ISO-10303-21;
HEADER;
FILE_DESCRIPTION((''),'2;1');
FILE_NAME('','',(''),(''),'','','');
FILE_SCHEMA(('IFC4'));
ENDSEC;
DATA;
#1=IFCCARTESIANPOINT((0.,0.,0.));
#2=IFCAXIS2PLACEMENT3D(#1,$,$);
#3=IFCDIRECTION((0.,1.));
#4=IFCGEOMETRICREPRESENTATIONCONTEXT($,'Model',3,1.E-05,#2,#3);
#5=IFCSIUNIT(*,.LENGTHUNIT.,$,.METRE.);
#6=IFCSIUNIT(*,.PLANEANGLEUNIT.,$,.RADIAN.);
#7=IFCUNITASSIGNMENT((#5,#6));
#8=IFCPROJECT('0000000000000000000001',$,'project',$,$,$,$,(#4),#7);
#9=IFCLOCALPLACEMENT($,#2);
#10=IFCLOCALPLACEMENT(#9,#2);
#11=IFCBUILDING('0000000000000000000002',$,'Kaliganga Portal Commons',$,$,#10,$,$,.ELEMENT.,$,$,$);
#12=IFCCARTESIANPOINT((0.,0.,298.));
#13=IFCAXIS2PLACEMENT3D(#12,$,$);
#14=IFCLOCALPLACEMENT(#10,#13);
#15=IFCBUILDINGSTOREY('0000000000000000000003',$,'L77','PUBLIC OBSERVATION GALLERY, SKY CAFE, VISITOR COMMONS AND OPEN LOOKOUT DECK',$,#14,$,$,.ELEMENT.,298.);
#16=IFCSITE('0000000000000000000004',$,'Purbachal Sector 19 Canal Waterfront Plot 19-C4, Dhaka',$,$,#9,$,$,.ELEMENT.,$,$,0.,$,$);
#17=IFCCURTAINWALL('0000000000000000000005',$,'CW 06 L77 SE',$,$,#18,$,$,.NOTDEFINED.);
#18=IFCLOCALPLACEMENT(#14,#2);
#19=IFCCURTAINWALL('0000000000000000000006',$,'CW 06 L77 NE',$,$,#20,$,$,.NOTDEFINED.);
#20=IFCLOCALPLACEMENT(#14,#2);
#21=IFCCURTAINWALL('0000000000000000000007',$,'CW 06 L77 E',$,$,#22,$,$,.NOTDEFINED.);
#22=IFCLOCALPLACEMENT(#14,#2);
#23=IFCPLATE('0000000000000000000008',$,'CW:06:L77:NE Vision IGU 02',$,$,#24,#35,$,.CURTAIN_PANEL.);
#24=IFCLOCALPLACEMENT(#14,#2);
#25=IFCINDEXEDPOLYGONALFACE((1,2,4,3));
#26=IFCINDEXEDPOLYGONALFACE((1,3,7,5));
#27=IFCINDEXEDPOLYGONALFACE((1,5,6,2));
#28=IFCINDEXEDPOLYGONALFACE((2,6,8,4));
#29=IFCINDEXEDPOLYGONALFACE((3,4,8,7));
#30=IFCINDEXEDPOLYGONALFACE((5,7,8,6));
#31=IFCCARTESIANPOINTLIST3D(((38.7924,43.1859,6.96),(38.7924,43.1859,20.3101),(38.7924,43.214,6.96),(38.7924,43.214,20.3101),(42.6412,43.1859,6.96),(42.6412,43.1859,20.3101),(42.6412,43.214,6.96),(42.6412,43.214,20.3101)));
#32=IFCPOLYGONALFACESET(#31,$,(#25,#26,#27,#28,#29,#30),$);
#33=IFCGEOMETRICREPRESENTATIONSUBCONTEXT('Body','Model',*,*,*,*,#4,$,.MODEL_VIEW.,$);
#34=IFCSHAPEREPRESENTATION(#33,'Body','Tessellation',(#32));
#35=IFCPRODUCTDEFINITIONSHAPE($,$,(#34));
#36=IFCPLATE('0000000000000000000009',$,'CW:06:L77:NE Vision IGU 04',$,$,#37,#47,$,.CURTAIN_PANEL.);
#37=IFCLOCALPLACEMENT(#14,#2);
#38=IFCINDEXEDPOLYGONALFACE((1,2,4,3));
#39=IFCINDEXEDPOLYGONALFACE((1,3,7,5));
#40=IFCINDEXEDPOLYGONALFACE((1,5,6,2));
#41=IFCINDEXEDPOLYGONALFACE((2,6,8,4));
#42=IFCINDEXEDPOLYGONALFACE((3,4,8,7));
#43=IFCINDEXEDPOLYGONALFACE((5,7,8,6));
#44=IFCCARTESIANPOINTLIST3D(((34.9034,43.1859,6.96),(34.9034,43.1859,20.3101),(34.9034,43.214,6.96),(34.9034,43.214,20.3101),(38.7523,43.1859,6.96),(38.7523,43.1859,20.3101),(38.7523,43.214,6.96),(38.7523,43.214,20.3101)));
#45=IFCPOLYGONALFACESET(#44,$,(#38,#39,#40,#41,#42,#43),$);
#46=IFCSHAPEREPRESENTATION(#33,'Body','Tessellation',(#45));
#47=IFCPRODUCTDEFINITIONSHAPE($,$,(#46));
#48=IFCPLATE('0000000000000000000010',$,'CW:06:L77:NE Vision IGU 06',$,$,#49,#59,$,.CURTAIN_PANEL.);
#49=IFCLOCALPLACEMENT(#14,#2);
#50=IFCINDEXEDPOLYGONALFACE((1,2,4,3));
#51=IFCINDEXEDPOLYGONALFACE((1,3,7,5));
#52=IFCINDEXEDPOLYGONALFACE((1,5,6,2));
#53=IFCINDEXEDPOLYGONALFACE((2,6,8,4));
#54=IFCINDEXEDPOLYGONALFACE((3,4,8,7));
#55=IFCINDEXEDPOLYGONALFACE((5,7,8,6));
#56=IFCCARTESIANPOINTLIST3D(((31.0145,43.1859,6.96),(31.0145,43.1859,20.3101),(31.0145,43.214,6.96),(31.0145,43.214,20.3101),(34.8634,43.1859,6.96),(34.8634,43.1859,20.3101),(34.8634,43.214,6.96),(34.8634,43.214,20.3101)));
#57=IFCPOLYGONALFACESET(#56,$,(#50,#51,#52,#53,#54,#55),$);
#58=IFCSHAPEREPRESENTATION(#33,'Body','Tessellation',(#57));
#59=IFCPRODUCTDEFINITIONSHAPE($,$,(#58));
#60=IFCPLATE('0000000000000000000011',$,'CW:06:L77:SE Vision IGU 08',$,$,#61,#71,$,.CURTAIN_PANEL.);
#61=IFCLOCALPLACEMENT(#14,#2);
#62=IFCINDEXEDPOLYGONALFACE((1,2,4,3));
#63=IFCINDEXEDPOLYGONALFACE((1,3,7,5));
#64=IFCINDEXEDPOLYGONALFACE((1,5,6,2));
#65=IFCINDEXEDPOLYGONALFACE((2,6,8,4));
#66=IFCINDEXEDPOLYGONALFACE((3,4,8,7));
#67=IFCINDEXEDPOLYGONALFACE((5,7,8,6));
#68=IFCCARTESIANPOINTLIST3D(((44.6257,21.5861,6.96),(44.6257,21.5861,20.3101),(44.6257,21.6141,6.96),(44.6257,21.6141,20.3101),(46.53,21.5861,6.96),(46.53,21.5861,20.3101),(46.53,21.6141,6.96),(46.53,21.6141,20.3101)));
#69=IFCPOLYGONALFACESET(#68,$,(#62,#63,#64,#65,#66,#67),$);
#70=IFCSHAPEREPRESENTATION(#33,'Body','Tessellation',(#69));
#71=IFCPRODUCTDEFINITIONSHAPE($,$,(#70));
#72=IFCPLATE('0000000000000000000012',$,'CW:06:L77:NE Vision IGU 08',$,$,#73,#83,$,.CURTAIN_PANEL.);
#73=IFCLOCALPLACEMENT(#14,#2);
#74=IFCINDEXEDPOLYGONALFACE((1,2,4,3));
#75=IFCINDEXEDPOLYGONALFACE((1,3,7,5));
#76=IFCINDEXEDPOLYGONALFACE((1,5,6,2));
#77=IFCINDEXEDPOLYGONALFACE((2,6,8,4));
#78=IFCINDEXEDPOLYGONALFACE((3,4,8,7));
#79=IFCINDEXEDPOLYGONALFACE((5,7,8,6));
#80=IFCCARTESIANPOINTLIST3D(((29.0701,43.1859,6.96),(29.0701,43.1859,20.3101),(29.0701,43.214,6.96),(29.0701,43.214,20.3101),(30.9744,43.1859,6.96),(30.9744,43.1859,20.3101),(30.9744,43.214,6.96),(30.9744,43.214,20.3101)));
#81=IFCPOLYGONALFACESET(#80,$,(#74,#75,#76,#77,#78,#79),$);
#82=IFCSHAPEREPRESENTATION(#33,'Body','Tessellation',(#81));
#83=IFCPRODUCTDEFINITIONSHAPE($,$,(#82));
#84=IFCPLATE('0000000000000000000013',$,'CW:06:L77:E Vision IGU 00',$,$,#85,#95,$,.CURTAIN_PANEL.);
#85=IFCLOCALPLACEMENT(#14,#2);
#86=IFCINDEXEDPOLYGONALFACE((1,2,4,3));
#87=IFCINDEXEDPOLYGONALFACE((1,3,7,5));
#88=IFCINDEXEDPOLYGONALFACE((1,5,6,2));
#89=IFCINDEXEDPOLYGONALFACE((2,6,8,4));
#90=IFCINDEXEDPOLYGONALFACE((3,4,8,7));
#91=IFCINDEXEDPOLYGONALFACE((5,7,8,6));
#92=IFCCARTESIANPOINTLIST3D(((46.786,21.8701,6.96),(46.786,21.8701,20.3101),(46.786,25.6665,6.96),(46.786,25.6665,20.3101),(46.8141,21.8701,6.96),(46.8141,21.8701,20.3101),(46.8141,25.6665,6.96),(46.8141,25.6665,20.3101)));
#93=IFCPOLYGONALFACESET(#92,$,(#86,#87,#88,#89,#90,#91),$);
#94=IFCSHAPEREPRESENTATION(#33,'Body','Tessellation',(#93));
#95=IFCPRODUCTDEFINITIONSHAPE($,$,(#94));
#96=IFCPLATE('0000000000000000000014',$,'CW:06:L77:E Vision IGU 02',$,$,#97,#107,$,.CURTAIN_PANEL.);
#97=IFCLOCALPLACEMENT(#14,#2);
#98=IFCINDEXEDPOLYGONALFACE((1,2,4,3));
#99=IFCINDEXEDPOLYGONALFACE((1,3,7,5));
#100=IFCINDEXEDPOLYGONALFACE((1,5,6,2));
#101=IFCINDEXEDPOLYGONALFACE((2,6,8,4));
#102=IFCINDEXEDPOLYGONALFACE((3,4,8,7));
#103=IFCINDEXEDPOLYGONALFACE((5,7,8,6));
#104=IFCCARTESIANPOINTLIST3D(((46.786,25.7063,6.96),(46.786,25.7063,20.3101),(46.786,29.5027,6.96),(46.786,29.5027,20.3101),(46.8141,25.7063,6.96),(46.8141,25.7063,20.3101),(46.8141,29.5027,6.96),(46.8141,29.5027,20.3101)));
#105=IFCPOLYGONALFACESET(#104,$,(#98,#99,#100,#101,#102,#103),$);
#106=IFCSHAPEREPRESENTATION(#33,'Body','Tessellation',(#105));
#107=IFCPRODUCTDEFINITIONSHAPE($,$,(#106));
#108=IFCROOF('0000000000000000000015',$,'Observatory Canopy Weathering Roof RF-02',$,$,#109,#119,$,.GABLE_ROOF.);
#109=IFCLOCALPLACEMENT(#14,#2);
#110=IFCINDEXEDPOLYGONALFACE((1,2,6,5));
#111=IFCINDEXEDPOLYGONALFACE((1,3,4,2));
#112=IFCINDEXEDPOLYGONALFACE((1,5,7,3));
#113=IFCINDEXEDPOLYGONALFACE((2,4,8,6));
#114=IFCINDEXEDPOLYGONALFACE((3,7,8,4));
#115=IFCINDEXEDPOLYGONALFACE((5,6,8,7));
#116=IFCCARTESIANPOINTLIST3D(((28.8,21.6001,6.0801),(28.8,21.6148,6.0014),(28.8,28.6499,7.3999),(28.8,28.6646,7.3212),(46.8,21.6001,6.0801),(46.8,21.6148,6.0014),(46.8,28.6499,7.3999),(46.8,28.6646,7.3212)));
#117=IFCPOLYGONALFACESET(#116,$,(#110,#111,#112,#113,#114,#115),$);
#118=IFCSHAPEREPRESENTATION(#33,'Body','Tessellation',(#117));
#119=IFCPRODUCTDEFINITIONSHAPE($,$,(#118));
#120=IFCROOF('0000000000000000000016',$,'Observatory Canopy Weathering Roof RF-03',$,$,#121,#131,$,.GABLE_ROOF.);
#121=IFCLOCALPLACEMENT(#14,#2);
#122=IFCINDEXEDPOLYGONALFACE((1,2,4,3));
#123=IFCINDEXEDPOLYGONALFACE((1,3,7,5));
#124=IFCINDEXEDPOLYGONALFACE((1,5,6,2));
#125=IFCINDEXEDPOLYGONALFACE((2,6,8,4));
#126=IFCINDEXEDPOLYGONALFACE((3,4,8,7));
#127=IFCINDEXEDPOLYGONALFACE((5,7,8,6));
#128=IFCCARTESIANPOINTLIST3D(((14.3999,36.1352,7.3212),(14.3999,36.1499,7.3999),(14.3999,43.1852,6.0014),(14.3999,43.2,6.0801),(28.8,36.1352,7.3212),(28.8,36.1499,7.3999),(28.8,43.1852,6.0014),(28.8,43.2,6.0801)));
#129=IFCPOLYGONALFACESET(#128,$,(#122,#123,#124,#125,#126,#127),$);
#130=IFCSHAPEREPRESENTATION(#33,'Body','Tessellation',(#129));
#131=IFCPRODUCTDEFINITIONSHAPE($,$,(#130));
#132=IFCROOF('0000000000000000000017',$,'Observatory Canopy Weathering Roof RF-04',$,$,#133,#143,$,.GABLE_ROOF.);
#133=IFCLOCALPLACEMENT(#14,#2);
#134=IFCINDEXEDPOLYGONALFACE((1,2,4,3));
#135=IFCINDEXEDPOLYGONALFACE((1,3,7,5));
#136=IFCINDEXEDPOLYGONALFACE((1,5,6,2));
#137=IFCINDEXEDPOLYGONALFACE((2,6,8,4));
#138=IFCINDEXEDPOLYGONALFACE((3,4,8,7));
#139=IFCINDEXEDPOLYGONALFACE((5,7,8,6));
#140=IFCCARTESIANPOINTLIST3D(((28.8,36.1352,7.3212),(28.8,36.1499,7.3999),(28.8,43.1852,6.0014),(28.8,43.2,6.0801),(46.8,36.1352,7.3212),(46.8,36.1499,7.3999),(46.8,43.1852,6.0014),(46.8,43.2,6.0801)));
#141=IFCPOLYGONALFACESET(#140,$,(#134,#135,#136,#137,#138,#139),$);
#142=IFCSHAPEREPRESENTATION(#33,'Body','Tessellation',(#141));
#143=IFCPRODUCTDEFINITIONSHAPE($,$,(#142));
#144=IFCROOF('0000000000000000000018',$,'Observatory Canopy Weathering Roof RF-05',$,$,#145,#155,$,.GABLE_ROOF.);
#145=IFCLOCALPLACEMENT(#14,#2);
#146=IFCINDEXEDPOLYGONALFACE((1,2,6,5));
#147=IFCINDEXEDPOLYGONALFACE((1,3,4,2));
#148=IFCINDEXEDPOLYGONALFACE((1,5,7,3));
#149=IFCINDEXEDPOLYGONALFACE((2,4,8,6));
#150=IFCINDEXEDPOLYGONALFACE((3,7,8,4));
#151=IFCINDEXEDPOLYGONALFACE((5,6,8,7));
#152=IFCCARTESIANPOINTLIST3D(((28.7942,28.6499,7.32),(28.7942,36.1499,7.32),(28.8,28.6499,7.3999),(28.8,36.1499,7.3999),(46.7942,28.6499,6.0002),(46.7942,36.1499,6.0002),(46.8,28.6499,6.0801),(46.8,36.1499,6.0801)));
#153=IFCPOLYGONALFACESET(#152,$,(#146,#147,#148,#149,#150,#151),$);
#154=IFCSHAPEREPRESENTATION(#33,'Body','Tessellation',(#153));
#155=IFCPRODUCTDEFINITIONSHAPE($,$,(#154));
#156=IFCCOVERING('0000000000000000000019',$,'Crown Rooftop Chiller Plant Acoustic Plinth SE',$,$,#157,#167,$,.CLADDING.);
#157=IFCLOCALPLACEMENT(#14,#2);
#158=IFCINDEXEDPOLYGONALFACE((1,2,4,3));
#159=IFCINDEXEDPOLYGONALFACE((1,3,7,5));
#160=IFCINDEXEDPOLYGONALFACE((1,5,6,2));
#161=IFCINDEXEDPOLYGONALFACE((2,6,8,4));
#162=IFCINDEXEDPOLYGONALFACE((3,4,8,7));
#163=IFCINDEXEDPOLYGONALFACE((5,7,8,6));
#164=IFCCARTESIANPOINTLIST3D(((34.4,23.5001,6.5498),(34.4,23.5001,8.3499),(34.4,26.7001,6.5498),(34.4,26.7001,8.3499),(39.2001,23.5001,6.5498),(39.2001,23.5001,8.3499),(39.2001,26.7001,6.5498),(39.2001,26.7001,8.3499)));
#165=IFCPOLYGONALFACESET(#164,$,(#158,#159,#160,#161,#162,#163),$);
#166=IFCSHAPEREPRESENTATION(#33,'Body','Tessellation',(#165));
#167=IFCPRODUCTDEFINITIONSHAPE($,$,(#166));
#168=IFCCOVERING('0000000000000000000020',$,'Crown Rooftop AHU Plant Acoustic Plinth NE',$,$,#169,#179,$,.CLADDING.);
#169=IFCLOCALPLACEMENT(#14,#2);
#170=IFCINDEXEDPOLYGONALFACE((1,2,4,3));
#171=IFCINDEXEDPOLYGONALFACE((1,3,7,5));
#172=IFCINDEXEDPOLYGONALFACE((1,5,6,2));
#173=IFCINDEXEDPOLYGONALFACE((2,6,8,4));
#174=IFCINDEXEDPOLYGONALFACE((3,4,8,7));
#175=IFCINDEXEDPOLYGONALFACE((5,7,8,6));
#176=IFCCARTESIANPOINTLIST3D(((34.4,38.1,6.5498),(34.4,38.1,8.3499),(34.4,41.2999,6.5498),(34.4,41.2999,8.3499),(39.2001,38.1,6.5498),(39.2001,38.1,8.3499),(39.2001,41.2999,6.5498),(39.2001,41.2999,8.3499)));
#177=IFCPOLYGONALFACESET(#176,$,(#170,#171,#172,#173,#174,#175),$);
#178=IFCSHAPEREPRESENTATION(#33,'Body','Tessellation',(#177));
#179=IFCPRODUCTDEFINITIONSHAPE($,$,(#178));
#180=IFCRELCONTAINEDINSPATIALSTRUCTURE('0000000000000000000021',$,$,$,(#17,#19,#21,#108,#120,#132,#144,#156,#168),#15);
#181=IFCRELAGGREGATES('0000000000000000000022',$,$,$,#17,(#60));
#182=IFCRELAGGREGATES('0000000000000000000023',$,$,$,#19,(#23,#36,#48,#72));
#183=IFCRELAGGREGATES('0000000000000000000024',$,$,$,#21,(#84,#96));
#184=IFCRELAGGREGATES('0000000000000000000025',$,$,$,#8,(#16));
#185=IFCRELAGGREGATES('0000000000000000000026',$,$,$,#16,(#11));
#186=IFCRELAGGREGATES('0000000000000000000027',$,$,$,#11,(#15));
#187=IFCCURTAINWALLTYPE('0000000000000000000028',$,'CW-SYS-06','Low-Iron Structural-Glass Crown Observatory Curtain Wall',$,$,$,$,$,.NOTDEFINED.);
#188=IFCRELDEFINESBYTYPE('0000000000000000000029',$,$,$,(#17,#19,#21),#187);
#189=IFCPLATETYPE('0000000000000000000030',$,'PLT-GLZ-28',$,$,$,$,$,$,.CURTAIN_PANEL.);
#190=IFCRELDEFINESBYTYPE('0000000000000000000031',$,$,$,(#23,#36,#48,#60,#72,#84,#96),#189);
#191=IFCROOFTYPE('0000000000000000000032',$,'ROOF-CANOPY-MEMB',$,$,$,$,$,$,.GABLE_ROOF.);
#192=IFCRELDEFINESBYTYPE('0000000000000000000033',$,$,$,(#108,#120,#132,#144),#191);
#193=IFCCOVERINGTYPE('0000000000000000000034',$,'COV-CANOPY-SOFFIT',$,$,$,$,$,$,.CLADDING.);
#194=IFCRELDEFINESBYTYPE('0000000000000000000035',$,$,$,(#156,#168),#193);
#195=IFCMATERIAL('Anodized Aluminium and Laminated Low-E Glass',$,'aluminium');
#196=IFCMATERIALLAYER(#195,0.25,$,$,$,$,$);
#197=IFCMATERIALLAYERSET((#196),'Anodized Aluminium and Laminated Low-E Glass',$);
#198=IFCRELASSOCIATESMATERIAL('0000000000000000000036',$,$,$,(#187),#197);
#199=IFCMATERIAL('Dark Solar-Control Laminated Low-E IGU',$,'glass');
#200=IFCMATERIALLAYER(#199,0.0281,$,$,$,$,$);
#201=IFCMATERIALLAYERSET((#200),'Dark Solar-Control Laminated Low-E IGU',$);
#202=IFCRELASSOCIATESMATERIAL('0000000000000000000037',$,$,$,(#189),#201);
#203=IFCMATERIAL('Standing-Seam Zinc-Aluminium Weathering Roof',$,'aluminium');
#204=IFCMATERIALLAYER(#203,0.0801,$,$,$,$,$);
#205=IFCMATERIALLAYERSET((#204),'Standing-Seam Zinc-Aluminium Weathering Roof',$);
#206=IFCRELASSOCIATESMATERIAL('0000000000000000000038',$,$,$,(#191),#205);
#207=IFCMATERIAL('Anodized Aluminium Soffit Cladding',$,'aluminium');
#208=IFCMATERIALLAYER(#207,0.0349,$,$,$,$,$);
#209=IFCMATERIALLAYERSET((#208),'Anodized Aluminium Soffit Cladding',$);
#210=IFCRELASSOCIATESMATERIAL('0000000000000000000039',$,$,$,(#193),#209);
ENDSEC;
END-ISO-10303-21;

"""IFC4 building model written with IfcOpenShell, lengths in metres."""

from ifc_helpers import new_model, si_unit, direction, frame, origin, origin_2d, place, context, subcontext, project, spatial, polyline, rectangle, outline, extrude, source, transform, mapped, material, layer, layer_set, type_object, element, aggregate, save


model = new_model("IFC4")

# Units and contexts
model_context = context("Model", 3, precision=1e-05, world=origin(), true_north=direction((0.0, 1.0)))
body_context = subcontext(model_context, "Body", "Model", "MODEL_VIEW")
ifc_project = project(units=[si_unit("LENGTHUNIT", "METRE"), si_unit("PLANEANGLEUNIT", "RADIAN")], contexts=[model_context])

# Site, building, storey
site_placement = place(None, origin())
site = spatial("IfcSite", under=ifc_project, at=site_placement, Name="Purbachal Sector 19 Canal Waterfront Plot 19-C4, Dhaka", CompositionType="ELEMENT", RefElevation=0.0)
building_placement = place(site_placement, origin())
building = spatial("IfcBuilding", under=site, at=building_placement, Name="Kaliganga Portal Commons", CompositionType="ELEMENT")
storey_placement = place(building_placement, frame((0.0, 0.0, 298.0)))
storey = spatial("IfcBuildingStorey", under=building, at=storey_placement, Name="L77", Description="PUBLIC OBSERVATION GALLERY, SKY CAFE, VISITOR COMMONS AND OPEN LOOKOUT DECK", CompositionType="ELEMENT", Elevation=298.0)

# Curtain walls
ifc_material_1 = material(Name="Anodized Aluminium and Laminated Low-E Glass", Category="aluminium")
ifc_layer_1 = layer(ifc_material_1, 0.25)
ifc_layer_set_1 = layer_set([ifc_layer_1], Name="Anodized Aluminium and Laminated Low-E Glass")
curtain_wall_type = type_object("IfcCurtainWallType", Name="CW-SYS-06", Description="Low-Iron Structural-Glass Crown Observatory Curtain Wall", PredefinedType="NOTDEFINED", material=ifc_layer_set_1)
curtain_wall_1_placement = place(storey_placement, origin())
curtain_wall_1 = element("IfcCurtainWall", 1, at=curtain_wall_1_placement, inside=storey, type_object=curtain_wall_type, Name="CW 06 L77 SE", PredefinedType="NOTDEFINED")
curtain_wall_2_placement = place(storey_placement, origin())
curtain_wall_2 = element("IfcCurtainWall", 2, at=curtain_wall_2_placement, inside=storey, type_object=curtain_wall_type, Name="CW 06 L77 NE", PredefinedType="NOTDEFINED")
curtain_wall_3_placement = place(storey_placement, origin())
curtain_wall_3 = element("IfcCurtainWall", 3, at=curtain_wall_3_placement, inside=storey, type_object=curtain_wall_type, Name="CW 06 L77 E", PredefinedType="NOTDEFINED")

# Shared definitions
ifc_material_2 = material(Name="Dark Solar-Control Laminated Low-E IGU", Category="glass")
ifc_layer_2 = layer(ifc_material_2, 0.0281)
ifc_layer_set_2 = layer_set([ifc_layer_2], Name="Dark Solar-Control Laminated Low-E IGU")
plate_type = type_object("IfcPlateType", Name="PLT-GLZ-28", PredefinedType="CURTAIN_PANEL", material=ifc_layer_set_2)

# Plates
shared_shape_1 = source(origin(), body_context, "Body", "SweptSolid", [
    extrude(rectangle(XDim=3.8489, YDim=0.0281, at=origin_2d()), origin(), (0.0, 0.0, 1.0), 13.3501),
])
plate_1_placement = place(storey_placement, frame((40.7168, 43.2, 6.96), z_axis=(0.0, 0.0, 1.0), x_axis=(-1.0, 0.0, 0.0)))
plate_1 = element("IfcPlate", 4, at=plate_1_placement, type_object=plate_type, Name="CW:06:L77:NE Vision IGU 02", PredefinedType="CURTAIN_PANEL", context=body_context, shape_type="MappedRepresentation", body=[
    mapped(shared_shape_1, transform((0.0, 0.0, 0.0), x_axis=(1.0, 0.0, 0.0), y_axis=(0.0, 1.0, 0.0), z_axis=(0.0, 0.0, 1.0), scale=1.0)),
])
plate_2_placement = place(storey_placement, frame((36.8279, 43.2, 6.96), z_axis=(0.0, 0.0, 1.0), x_axis=(-1.0, 0.0, 0.0)))
plate_2 = element("IfcPlate", 5, at=plate_2_placement, type_object=plate_type, Name="CW:06:L77:NE Vision IGU 04", PredefinedType="CURTAIN_PANEL", context=body_context, shape_type="MappedRepresentation", body=[
    mapped(shared_shape_1, transform((0.0, 0.0, 0.0), x_axis=(1.0, 0.0, 0.0), y_axis=(0.0, 1.0, 0.0), z_axis=(0.0, 0.0, 1.0), scale=1.0)),
])
plate_3_placement = place(storey_placement, frame((32.939, 43.2, 6.96), z_axis=(0.0, 0.0, 1.0), x_axis=(-1.0, 0.0, 0.0)))
plate_3 = element("IfcPlate", 6, at=plate_3_placement, type_object=plate_type, Name="CW:06:L77:NE Vision IGU 06", PredefinedType="CURTAIN_PANEL", context=body_context, shape_type="MappedRepresentation", body=[
    mapped(shared_shape_1, transform((0.0, 0.0, 0.0), x_axis=(1.0, 0.0, 0.0), y_axis=(0.0, 1.0, 0.0), z_axis=(0.0, 0.0, 1.0), scale=1.0)),
])
shared_shape_2 = source(origin(), body_context, "Body", "SweptSolid", [
    extrude(rectangle(XDim=1.9043, YDim=0.0281, at=origin_2d()), origin(), (0.0, 0.0, 1.0), 13.3501),
])
plate_4_placement = place(storey_placement, frame((45.5779, 21.6001, 6.96), z_axis=(0.0, 0.0, 1.0), x_axis=(1.0, 0.0, 0.0)))
plate_4 = element("IfcPlate", 7, at=plate_4_placement, type_object=plate_type, Name="CW:06:L77:SE Vision IGU 08", PredefinedType="CURTAIN_PANEL", context=body_context, shape_type="MappedRepresentation", body=[
    mapped(shared_shape_2, transform((0.0, 0.0, 0.0), x_axis=(1.0, 0.0, 0.0), y_axis=(0.0, 1.0, 0.0), z_axis=(0.0, 0.0, 1.0), scale=1.0)),
])
aggregate(curtain_wall_1, [plate_4])
plate_5_placement = place(storey_placement, frame((30.0222, 43.2, 6.96), z_axis=(0.0, 0.0, 1.0), x_axis=(-1.0, 0.0, 0.0)))
plate_5 = element("IfcPlate", 8, at=plate_5_placement, type_object=plate_type, Name="CW:06:L77:NE Vision IGU 08", PredefinedType="CURTAIN_PANEL", context=body_context, shape_type="MappedRepresentation", body=[
    mapped(shared_shape_2, transform((0.0, 0.0, 0.0), x_axis=(1.0, 0.0, 0.0), y_axis=(0.0, 1.0, 0.0), z_axis=(0.0, 0.0, 1.0), scale=1.0)),
])
aggregate(curtain_wall_2, [plate_1, plate_2, plate_3, plate_5])
shared_shape_3 = source(origin(), body_context, "Body", "SweptSolid", [
    extrude(rectangle(XDim=3.7964, YDim=0.0281, at=origin_2d()), origin(), (0.0, 0.0, 1.0), 13.3501),
])
plate_6_placement = place(storey_placement, frame((46.8, 23.7683, 6.96), z_axis=(0.0, 0.0, 1.0), x_axis=(0.0, 1.0, 0.0)))
plate_6 = element("IfcPlate", 9, at=plate_6_placement, type_object=plate_type, Name="CW:06:L77:E Vision IGU 00", PredefinedType="CURTAIN_PANEL", context=body_context, shape_type="MappedRepresentation", body=[
    mapped(shared_shape_3, transform((0.0, 0.0, 0.0), x_axis=(1.0, 0.0, 0.0), y_axis=(0.0, 1.0, 0.0), z_axis=(0.0, 0.0, 1.0), scale=1.0)),
])
plate_7_placement = place(storey_placement, frame((46.8, 27.6045, 6.96), z_axis=(0.0, 0.0, 1.0), x_axis=(0.0, 1.0, 0.0)))
plate_7 = element("IfcPlate", 10, at=plate_7_placement, type_object=plate_type, Name="CW:06:L77:E Vision IGU 02", PredefinedType="CURTAIN_PANEL", context=body_context, shape_type="MappedRepresentation", body=[
    mapped(shared_shape_3, transform((0.0, 0.0, 0.0), x_axis=(1.0, 0.0, 0.0), y_axis=(0.0, 1.0, 0.0), z_axis=(0.0, 0.0, 1.0), scale=1.0)),
])
aggregate(curtain_wall_3, [plate_6, plate_7])

# Roofs
ifc_material_3 = material(Name="Standing-Seam Zinc-Aluminium Weathering Roof", Category="aluminium")
ifc_layer_3 = layer(ifc_material_3, 0.0801)
ifc_layer_set_3 = layer_set([ifc_layer_3], Name="Standing-Seam Zinc-Aluminium Weathering Roof")
roof_type = type_object("IfcRoofType", Name="ROOF-CANOPY-MEMB", PredefinedType="GABLE_ROOF", material=ifc_layer_set_3)
roof_1_placement = place(storey_placement, frame((28.8, 21.6001, 6.0801), z_axis=(0.0, -0.184017, 0.982923), x_axis=(1.0, 0.0, 0.0)))
element("IfcRoof", 11, at=roof_1_placement, inside=storey, type_object=roof_type, Name="Observatory Canopy Weathering Roof RF-02", PredefinedType="GABLE_ROOF", context=body_context, shape_type="SweptSolid", body=[
    extrude(outline(polyline([(0.0, 0.0), (18.0, 0.0), (18.0, 7.1723), (0.0, 7.1723), (0.0, 0.0)])), origin(), (0.0, 0.0, -1.0), 0.0801),
])
roof_2_placement = place(storey_placement, frame((28.8, 43.2, 6.0801), z_axis=(0.0, 0.184011, 0.982924), x_axis=(-1.0, 0.0, 0.0)))
element("IfcRoof", 12, at=roof_2_placement, inside=storey, type_object=roof_type, Name="Observatory Canopy Weathering Roof RF-03", PredefinedType="GABLE_ROOF", context=body_context, shape_type="SweptSolid", body=[
    extrude(outline(polyline([(0.0, 0.0), (14.4001, 0.0), (14.4001, 7.1725), (0.0, 7.1725), (0.0, 0.0)])), origin(), (0.0, 0.0, -1.0), 0.0801),
])
roof_3_placement = place(storey_placement, frame((46.8, 43.2, 6.0801), z_axis=(0.0, 0.184011, 0.982924), x_axis=(-1.0, 0.0, 0.0)))
element("IfcRoof", 13, at=roof_3_placement, inside=storey, type_object=roof_type, Name="Observatory Canopy Weathering Roof RF-04", PredefinedType="GABLE_ROOF", context=body_context, shape_type="SweptSolid", body=[
    extrude(outline(polyline([(0.0, 0.0), (18.0, 0.0), (18.0, 7.1725), (0.0, 7.1725), (0.0, 0.0)])), origin(), (0.0, 0.0, -1.0), 0.0801),
])
roof_4_placement = place(storey_placement, frame((46.8, 28.6499, 6.0801), z_axis=(0.073127, 0.0, 0.997323), x_axis=(0.0, 1.0, 0.0)))
element("IfcRoof", 14, at=roof_4_placement, inside=storey, type_object=roof_type, Name="Observatory Canopy Weathering Roof RF-05", PredefinedType="GABLE_ROOF", context=body_context, shape_type="SweptSolid", body=[
    extrude(outline(polyline([(0.0, 0.0), (7.5, 0.0), (7.5, 18.0483), (0.0, 18.0483), (0.0, 0.0)])), origin(), (0.0, 0.0, -1.0), 0.0801),
])

# Coverings
ifc_material_4 = material(Name="Anodized Aluminium Soffit Cladding", Category="aluminium")
ifc_layer_4 = layer(ifc_material_4, 0.0349)
ifc_layer_set_4 = layer_set([ifc_layer_4], Name="Anodized Aluminium Soffit Cladding")
covering_type = type_object("IfcCoveringType", Name="COV-CANOPY-SOFFIT", PredefinedType="CLADDING", material=ifc_layer_set_4)
shared_shape_4 = source(origin(), body_context, "Body", "SweptSolid", [
    extrude(rectangle(XDim=4.8, YDim=3.2, at=origin_2d()), origin(), (0.0, 0.0, 1.0), 1.8),
])
for number, where, z_axis, x_axis, name in (
    (15, (36.8, 25.1001, 6.5498), (0.0, 0.0, 1.0), (1.0, 0.0, 0.0), "Crown Rooftop Chiller Plant Acoustic Plinth SE"),
    (16, (36.8, 39.7, 6.5498), (0.0, 0.0, 1.0), (1.0, 0.0, 0.0), "Crown Rooftop AHU Plant Acoustic Plinth NE"),
):
    element("IfcCovering", number, at=place(storey_placement, frame(where, z_axis=z_axis, x_axis=x_axis)), inside=storey, type_object=covering_type, Name=name, PredefinedType="CLADDING", context=body_context, shape_type="MappedRepresentation", body=[
        mapped(shared_shape_4, transform((0.0, 0.0, 0.0), x_axis=(1.0, 0.0, 0.0), y_axis=(0.0, 1.0, 0.0), z_axis=(0.0, 0.0, 1.0), scale=1.0)),
    ])

save(model, "model.ifc")
